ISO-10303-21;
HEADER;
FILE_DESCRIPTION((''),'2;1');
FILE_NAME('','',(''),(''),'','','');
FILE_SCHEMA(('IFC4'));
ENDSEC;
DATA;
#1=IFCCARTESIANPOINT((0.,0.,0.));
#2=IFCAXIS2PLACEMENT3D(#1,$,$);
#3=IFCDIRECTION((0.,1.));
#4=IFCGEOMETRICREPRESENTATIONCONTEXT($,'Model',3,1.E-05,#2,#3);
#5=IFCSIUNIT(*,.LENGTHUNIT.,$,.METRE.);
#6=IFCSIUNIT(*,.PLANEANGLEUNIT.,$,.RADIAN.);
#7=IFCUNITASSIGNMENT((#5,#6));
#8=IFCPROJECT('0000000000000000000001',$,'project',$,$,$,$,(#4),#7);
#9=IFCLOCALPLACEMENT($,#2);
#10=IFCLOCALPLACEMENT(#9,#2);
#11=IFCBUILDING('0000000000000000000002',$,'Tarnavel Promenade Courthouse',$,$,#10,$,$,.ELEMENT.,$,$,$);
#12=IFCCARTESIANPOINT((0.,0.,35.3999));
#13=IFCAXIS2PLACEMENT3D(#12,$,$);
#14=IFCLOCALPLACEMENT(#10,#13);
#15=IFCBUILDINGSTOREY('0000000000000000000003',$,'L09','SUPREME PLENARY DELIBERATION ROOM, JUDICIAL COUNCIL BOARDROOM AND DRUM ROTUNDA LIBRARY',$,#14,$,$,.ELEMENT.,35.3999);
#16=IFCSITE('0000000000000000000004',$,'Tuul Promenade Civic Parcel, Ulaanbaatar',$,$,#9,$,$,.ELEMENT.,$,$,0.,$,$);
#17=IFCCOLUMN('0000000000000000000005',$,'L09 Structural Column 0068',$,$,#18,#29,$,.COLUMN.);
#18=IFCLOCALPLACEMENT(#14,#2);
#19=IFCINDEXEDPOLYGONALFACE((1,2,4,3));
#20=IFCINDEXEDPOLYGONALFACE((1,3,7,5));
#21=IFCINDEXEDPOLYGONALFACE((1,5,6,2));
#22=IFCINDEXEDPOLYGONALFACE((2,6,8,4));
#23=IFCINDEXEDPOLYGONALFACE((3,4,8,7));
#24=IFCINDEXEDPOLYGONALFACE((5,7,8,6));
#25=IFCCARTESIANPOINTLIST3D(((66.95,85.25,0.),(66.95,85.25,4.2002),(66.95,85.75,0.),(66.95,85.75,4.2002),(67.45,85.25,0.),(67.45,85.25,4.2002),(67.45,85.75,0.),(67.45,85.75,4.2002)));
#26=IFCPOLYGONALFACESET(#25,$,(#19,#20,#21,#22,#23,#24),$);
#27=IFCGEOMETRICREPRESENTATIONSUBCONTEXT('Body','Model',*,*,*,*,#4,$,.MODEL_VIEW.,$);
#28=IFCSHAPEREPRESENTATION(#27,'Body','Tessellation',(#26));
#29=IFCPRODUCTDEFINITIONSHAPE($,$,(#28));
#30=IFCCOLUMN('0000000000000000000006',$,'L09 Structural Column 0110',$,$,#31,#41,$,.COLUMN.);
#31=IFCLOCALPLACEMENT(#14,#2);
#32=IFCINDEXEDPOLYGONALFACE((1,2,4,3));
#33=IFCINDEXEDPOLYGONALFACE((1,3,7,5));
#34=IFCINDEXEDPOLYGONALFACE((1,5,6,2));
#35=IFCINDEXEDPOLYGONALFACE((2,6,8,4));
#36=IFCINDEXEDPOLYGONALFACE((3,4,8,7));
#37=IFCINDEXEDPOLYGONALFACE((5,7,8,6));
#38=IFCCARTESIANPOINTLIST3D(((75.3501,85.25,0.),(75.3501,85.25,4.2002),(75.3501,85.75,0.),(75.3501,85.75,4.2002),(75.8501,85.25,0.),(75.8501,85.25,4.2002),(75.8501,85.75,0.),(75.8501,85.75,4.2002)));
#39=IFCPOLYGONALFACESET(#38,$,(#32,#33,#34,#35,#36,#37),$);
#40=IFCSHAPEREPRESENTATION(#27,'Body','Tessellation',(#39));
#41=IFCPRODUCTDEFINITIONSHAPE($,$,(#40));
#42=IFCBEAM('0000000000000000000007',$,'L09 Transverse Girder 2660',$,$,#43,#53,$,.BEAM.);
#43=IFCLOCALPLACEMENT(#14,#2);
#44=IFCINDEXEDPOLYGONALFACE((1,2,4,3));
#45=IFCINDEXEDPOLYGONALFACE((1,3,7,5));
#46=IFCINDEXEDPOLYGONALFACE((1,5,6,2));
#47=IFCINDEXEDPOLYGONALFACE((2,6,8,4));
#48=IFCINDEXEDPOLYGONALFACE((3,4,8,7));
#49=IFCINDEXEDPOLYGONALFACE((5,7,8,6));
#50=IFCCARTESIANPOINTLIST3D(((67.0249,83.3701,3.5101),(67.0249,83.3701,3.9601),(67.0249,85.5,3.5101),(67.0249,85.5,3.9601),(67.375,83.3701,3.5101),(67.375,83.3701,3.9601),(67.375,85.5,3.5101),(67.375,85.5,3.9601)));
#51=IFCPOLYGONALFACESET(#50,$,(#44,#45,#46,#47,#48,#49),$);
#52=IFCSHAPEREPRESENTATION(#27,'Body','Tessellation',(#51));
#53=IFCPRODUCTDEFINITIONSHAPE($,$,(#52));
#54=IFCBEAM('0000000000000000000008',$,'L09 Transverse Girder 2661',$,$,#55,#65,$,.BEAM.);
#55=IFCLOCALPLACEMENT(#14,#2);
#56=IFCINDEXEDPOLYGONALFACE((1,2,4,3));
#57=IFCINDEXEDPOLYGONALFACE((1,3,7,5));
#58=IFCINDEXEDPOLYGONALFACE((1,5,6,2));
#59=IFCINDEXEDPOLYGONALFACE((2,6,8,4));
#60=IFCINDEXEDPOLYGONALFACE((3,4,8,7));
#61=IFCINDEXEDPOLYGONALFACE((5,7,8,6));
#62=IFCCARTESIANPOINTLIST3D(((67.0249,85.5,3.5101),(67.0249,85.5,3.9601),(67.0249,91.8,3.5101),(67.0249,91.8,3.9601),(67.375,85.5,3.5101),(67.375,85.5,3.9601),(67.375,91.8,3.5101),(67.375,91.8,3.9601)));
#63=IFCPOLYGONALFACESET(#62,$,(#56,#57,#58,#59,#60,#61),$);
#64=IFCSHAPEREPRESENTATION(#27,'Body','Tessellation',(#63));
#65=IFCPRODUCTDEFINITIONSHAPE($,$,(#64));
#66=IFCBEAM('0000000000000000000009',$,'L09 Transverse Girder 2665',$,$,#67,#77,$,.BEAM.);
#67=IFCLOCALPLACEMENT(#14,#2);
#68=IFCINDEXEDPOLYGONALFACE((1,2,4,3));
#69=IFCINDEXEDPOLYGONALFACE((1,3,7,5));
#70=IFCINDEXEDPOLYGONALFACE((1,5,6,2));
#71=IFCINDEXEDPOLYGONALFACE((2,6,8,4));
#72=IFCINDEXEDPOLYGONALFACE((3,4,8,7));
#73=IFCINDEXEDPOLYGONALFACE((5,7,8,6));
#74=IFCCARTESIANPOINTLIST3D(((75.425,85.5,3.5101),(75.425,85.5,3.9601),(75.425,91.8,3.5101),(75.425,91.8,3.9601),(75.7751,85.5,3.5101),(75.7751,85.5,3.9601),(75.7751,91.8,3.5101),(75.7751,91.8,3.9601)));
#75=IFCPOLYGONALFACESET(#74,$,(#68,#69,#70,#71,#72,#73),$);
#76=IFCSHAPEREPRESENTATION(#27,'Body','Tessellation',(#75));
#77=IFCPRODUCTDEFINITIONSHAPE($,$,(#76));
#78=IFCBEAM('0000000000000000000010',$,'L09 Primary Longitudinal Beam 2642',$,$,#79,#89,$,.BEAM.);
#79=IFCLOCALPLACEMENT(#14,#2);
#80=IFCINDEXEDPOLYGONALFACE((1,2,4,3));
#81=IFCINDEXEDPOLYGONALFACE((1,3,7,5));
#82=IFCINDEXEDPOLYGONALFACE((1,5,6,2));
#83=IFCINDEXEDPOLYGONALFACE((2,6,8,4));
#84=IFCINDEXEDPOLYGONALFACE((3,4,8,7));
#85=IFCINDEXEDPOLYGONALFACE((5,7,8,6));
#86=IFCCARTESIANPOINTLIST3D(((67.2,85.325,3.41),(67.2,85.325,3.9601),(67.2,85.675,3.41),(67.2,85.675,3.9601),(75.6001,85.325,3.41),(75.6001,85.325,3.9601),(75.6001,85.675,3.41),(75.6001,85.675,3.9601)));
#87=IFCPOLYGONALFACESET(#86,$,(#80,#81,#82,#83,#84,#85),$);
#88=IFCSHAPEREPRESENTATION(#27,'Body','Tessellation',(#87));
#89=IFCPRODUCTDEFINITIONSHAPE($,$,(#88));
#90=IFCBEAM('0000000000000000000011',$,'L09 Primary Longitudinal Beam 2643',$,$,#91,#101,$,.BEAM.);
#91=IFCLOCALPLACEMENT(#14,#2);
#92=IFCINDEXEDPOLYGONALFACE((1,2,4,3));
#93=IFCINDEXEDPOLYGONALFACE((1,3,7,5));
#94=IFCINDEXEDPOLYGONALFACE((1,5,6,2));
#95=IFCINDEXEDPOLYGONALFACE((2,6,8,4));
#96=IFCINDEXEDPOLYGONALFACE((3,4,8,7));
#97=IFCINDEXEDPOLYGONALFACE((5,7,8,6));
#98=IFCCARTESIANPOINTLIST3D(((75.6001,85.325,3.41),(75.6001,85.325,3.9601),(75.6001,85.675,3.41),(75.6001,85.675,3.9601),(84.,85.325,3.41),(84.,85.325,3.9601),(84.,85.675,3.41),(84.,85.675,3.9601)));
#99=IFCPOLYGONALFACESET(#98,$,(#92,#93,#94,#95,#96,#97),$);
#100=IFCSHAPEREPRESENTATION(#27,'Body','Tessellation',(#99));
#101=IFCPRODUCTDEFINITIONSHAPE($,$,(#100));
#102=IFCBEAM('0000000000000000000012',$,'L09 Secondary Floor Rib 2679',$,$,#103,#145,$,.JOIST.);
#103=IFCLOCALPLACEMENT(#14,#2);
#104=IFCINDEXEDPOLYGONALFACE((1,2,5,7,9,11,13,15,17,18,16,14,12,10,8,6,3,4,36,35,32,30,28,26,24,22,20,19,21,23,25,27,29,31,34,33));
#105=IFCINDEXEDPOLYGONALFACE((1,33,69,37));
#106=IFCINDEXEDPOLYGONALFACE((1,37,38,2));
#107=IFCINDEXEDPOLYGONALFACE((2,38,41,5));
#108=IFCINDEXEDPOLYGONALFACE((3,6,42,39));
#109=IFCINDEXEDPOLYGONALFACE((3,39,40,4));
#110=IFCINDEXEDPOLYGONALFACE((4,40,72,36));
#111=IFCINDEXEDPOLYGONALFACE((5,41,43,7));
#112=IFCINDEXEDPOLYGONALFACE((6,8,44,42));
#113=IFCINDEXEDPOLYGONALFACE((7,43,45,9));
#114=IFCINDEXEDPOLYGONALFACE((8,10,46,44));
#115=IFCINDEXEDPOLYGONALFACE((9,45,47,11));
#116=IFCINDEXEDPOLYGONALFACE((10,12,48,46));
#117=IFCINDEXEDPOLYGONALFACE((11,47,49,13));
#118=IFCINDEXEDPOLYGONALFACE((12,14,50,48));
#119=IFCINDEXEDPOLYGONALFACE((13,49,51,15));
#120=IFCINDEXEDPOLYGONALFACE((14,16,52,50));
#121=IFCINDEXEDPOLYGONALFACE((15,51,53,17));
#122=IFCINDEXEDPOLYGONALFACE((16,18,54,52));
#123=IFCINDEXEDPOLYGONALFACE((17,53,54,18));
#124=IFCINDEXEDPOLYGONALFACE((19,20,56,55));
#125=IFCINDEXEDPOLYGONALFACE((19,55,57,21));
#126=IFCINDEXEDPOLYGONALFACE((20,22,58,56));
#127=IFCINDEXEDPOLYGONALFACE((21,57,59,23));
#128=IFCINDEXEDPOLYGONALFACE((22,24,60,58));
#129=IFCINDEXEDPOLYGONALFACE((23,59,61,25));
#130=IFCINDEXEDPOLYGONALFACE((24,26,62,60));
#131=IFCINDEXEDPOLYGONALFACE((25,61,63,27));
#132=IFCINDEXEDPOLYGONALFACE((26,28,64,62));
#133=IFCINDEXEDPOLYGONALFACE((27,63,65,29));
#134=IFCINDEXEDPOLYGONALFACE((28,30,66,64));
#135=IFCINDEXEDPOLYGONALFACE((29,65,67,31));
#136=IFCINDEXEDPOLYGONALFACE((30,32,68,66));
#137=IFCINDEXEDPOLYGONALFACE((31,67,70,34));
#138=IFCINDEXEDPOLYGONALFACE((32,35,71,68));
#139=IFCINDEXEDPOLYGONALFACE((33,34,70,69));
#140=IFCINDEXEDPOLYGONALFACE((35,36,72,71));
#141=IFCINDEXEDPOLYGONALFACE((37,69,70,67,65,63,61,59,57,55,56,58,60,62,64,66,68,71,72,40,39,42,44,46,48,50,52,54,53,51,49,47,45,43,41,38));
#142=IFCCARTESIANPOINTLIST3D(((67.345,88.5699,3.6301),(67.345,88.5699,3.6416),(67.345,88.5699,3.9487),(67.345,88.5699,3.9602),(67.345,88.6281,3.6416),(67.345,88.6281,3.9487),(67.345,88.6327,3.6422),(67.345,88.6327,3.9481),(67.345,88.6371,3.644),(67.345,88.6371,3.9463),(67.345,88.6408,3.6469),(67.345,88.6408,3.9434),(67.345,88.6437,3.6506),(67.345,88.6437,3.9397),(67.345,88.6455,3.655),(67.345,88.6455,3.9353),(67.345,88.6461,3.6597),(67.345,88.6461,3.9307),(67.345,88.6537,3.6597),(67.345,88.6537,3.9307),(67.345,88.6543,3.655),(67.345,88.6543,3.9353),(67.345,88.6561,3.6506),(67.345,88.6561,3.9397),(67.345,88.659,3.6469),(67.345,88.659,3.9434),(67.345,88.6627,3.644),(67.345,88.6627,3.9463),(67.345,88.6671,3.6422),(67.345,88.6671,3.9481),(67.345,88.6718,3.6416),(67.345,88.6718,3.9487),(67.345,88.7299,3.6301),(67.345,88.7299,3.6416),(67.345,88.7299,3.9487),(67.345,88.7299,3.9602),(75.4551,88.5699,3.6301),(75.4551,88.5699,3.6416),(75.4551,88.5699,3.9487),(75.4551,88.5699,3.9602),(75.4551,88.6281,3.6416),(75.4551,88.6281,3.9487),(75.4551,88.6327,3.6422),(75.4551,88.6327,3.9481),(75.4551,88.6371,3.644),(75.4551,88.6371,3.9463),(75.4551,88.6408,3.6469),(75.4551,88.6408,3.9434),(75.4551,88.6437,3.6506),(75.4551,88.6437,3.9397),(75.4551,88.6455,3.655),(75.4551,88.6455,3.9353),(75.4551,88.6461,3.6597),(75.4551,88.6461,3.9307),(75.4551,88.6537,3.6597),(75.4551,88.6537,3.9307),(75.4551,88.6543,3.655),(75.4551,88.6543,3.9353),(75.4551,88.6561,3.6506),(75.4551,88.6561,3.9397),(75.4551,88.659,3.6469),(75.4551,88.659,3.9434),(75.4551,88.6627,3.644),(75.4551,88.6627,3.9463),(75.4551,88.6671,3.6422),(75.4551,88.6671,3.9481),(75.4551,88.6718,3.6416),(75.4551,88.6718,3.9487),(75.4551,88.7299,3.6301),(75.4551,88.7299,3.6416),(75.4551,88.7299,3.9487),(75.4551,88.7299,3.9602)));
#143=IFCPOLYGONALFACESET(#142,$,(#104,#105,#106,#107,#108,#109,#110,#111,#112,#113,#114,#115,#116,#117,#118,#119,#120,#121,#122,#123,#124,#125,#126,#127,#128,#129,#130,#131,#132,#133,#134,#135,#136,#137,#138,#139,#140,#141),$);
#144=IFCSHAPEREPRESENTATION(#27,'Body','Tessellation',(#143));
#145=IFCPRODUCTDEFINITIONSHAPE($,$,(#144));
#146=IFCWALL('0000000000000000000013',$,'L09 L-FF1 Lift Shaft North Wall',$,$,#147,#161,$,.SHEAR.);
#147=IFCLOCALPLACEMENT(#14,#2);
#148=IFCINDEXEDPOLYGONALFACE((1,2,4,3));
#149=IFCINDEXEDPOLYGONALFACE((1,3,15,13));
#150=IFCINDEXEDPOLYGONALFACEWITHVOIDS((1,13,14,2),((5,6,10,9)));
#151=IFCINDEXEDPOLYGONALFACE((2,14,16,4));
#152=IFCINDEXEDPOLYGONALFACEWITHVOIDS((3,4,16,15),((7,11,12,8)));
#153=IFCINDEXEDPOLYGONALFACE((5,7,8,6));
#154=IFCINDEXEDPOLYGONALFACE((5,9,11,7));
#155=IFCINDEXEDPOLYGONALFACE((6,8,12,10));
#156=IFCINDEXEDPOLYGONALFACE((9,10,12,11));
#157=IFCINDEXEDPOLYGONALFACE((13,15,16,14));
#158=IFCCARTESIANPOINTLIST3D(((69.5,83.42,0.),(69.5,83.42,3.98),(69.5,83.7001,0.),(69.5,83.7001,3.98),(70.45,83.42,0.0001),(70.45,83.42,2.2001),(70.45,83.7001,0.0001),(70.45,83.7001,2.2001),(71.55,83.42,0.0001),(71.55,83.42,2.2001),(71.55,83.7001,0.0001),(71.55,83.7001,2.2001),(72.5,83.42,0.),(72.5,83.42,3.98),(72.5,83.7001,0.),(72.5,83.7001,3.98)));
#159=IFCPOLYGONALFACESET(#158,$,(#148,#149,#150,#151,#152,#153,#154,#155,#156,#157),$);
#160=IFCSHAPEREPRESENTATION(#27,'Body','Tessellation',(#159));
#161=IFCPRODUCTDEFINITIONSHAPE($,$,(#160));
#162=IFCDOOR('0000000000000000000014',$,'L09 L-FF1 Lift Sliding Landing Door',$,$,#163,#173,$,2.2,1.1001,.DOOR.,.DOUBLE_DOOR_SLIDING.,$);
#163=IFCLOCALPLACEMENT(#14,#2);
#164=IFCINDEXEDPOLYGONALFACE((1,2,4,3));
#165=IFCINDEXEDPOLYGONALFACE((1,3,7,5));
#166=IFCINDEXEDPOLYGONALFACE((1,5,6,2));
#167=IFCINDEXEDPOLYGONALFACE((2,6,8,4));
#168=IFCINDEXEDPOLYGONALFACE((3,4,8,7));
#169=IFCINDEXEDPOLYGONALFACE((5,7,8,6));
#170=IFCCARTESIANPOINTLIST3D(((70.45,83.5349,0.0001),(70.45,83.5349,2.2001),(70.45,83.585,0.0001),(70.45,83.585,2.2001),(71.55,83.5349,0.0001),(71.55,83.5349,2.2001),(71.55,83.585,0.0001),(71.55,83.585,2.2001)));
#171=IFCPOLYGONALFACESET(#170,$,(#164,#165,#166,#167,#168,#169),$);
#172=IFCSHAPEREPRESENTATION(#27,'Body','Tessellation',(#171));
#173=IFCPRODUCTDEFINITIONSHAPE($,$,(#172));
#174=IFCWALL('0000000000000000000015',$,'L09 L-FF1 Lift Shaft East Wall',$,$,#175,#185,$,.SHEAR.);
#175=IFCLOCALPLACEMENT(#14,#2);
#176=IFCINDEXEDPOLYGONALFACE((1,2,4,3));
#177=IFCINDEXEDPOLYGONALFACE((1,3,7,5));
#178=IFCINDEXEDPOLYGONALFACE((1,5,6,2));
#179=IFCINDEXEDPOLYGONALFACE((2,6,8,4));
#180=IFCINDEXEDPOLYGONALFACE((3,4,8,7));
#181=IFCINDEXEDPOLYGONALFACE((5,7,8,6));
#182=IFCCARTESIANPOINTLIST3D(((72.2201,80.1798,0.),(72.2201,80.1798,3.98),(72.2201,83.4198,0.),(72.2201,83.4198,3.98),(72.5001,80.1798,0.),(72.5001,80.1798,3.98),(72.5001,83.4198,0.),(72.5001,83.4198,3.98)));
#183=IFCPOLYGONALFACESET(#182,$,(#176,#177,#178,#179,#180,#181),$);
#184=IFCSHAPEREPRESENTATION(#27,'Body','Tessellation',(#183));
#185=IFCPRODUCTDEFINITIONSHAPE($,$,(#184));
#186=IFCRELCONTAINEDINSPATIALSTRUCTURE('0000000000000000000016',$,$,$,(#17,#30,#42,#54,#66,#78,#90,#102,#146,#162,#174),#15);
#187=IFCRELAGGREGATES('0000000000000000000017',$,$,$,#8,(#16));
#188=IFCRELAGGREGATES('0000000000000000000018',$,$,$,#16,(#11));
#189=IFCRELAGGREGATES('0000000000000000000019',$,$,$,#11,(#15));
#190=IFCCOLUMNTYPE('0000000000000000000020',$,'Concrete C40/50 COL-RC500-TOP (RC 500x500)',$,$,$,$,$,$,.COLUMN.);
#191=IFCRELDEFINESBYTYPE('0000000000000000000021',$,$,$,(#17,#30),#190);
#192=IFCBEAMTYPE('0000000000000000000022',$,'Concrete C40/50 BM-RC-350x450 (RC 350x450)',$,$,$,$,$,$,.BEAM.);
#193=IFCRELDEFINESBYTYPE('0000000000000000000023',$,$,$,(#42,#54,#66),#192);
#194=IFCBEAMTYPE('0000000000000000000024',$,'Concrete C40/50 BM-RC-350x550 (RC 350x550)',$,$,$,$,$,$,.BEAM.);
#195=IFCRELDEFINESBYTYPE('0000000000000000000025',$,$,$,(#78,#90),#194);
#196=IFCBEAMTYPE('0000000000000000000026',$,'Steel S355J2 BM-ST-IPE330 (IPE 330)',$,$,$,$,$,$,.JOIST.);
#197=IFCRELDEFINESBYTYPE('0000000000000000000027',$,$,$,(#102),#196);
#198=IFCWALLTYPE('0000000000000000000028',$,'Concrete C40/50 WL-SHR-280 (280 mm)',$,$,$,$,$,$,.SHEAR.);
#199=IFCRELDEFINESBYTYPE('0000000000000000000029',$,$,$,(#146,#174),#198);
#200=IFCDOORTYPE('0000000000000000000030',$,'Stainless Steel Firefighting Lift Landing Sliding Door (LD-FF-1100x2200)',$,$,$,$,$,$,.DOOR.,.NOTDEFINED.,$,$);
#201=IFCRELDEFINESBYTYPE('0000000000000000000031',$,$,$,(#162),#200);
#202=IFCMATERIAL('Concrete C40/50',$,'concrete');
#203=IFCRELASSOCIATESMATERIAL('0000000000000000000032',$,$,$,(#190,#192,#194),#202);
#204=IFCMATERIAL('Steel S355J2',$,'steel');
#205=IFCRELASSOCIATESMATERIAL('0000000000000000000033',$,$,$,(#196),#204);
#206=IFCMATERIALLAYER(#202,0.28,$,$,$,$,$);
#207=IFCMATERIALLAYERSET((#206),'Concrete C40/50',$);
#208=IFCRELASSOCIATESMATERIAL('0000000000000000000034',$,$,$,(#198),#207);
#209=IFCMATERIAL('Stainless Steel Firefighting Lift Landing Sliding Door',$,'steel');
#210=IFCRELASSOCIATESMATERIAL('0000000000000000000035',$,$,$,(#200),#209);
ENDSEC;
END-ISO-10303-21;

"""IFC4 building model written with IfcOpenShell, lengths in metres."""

from ifc_helpers import new_model, si_unit, direction, frame, frame_2d, origin, origin_2d, place, context, subcontext, project, spatial, rectangle, i_section, extrude, material, layer, layer_set, material_profile, profile_set, type_object, element, fill, save


model = new_model("IFC4")

# Units and contexts
model_context = context("Model", 3, precision=1e-05, world=origin(), true_north=direction((0.0, 1.0)))
body_context = subcontext(model_context, "Body", "Model", "MODEL_VIEW")
ifc_project = project(units=[si_unit("LENGTHUNIT", "METRE"), si_unit("PLANEANGLEUNIT", "RADIAN")], contexts=[model_context])

# Site, building, storey
site_placement = place(None, origin())
site = spatial("IfcSite", under=ifc_project, at=site_placement, Name="Tuul Promenade Civic Parcel, Ulaanbaatar", CompositionType="ELEMENT", RefElevation=0.0)
building_placement = place(site_placement, origin())
building = spatial("IfcBuilding", under=site, at=building_placement, Name="Tarnavel Promenade Courthouse", CompositionType="ELEMENT")
storey_placement = place(building_placement, frame((0.0, 0.0, 35.3999)))
storey = spatial("IfcBuildingStorey", under=building, at=storey_placement, Name="L09", Description="SUPREME PLENARY DELIBERATION ROOM, JUDICIAL COUNCIL BOARDROOM AND DRUM ROTUNDA LIBRARY", CompositionType="ELEMENT", Elevation=35.3999)

# Columns
ifc_material_1 = material(Name="Concrete C40/50", Category="concrete")
ifc_material_profile_1 = material_profile(ifc_material_1, rectangle(XDim=0.5, YDim=0.5, at=origin_2d()), Name="RC 500x500")
ifc_profile_set_1 = profile_set([ifc_material_profile_1], Name="Concrete C40/50")
column_type = type_object("IfcColumnType", Name="Concrete C40/50 COL-RC500-TOP (RC 500x500)", PredefinedType="COLUMN", material=ifc_profile_set_1)
for number, where, z_axis, x_axis, name in (
    (1, (67.2, 85.5, 0.0), (0.0, 0.0, 1.0), (1.0, 0.0, 0.0), "L09 Structural Column 0068"),
    (2, (75.6001, 85.5, 0.0), (0.0, 0.0, 1.0), (1.0, 0.0, 0.0), "L09 Structural Column 0110"),
):
    element("IfcColumn", number, at=place(storey_placement, frame(where, z_axis=z_axis, x_axis=x_axis)), inside=storey, type_object=column_type, Name=name, PredefinedType="COLUMN", context=body_context, shape_type="SweptSolid", body=[
        extrude(rectangle(XDim=0.5, YDim=0.5, at=origin_2d()), origin(), (0.0, 0.0, 1.0), 4.2002),
    ])

# Beams
ifc_material_profile_2 = material_profile(ifc_material_1, rectangle(XDim=0.3501, YDim=0.45, at=origin_2d()), Name="RC 350x450")
ifc_profile_set_2 = profile_set([ifc_material_profile_2], Name="Concrete C40/50")
beam_type_1 = type_object("IfcBeamType", Name="Concrete C40/50 BM-RC-350x450 (RC 350x450)", PredefinedType="BEAM", material=ifc_profile_set_2)
beam_1_placement = place(storey_placement, frame((67.2, 83.3701, 3.7351), z_axis=(0.0, 1.0, 0.0), x_axis=(-1.0, 0.0, 0.0)))
element("IfcBeam", 3, at=beam_1_placement, inside=storey, type_object=beam_type_1, Name="L09 Transverse Girder 2660", PredefinedType="BEAM", context=body_context, shape_type="SweptSolid", body=[
    extrude(rectangle(XDim=0.3501, YDim=0.45, at=origin_2d()), origin(), (0.0, 0.0, 1.0), 2.1299),
])
for number, where, z_axis, x_axis, name in (
    (4, (67.2, 85.5, 3.7351), (0.0, 1.0, 0.0), (-1.0, 0.0, 0.0), "L09 Transverse Girder 2661"),
    (5, (75.6001, 85.5, 3.7351), (0.0, 1.0, 0.0), (-1.0, 0.0, 0.0), "L09 Transverse Girder 2665"),
):
    element("IfcBeam", number, at=place(storey_placement, frame(where, z_axis=z_axis, x_axis=x_axis)), inside=storey, type_object=beam_type_1, Name=name, PredefinedType="BEAM", context=body_context, shape_type="SweptSolid", body=[
        extrude(rectangle(XDim=0.3501, YDim=0.45, at=origin_2d()), origin(), (0.0, 0.0, 1.0), 6.3),
    ])
ifc_material_profile_3 = material_profile(ifc_material_1, rectangle(XDim=0.3501, YDim=0.55, at=origin_2d()), Name="RC 350x550")
ifc_profile_set_3 = profile_set([ifc_material_profile_3], Name="Concrete C40/50")
beam_type_2 = type_object("IfcBeamType", Name="Concrete C40/50 BM-RC-350x550 (RC 350x550)", PredefinedType="BEAM", material=ifc_profile_set_3)
beam_2_placement = place(storey_placement, frame((67.2, 85.5, 3.6851), z_axis=(1.0, 0.0, 0.0), x_axis=(0.0, 1.0, 0.0)))
element("IfcBeam", 6, at=beam_2_placement, inside=storey, type_object=beam_type_2, Name="L09 Primary Longitudinal Beam 2642", PredefinedType="BEAM", context=body_context, shape_type="SweptSolid", body=[
    extrude(rectangle(XDim=0.3501, YDim=0.55, at=origin_2d()), origin(), (0.0, 0.0, 1.0), 8.4001),
])
beam_3_placement = place(storey_placement, frame((75.6001, 85.5, 3.6851), z_axis=(1.0, 0.0, 0.0), x_axis=(0.0, 1.0, 0.0)))
element("IfcBeam", 7, at=beam_3_placement, inside=storey, type_object=beam_type_2, Name="L09 Primary Longitudinal Beam 2643", PredefinedType="BEAM", context=body_context, shape_type="SweptSolid", body=[
    extrude(rectangle(XDim=0.3501, YDim=0.55, at=origin_2d()), origin(), (0.0, 0.0, 1.0), 8.3999),
])
ifc_material_2 = material(Name="Steel S355J2", Category="steel")
ifc_material_profile_4 = material_profile(ifc_material_2, i_section(OverallWidth=0.1599, OverallDepth=0.3301, WebThickness=0.0076, FlangeThickness=0.0115, FilletRadius=0.0181, at=origin_2d()), Name="IPE 330")
ifc_profile_set_4 = profile_set([ifc_material_profile_4], Name="Steel S355J2")
beam_type_3 = type_object("IfcBeamType", Name="Steel S355J2 BM-ST-IPE330 (IPE 330)", PredefinedType="JOIST", material=ifc_profile_set_4)
beam_4_placement = place(storey_placement, frame((67.345, 88.6499, 3.7952), z_axis=(1.0, 0.0, 0.0), x_axis=(0.0, 1.0, 0.0)))
element("IfcBeam", 8, at=beam_4_placement, inside=storey, type_object=beam_type_3, Name="L09 Secondary Floor Rib 2679", PredefinedType="JOIST", context=body_context, shape_type="SweptSolid", body=[
    extrude(i_section(OverallWidth=0.1599, OverallDepth=0.3301, WebThickness=0.0076, FlangeThickness=0.0115, FilletRadius=0.0181, at=origin_2d()), origin(), (0.0, 0.0, 1.0), 8.1101),
])

# Wall, opening, door
ifc_layer_1 = layer(ifc_material_1, 0.28)
ifc_layer_set_1 = layer_set([ifc_layer_1], Name="Concrete C40/50")
wall_type_1 = type_object("IfcWallType", Name="Concrete C40/50 WL-SHR-280 (280 mm)", PredefinedType="SHEAR", material=ifc_layer_set_1)
wall_1_placement = place(storey_placement, frame((69.5, 83.5601, 0.0), z_axis=(0.0, 0.0, 1.0), x_axis=(1.0, 0.0, 0.0)))
wall_1 = element("IfcWall", 9, at=wall_1_placement, inside=storey, type_object=wall_type_1, Name="L09 L-FF1 Lift Shaft North Wall", PredefinedType="SHEAR", context=body_context, shape_type="SweptSolid", body=[
    extrude(rectangle(XDim=3.0, YDim=0.28, at=frame_2d((1.5, 0.0))), origin(), (0.0, 0.0, 1.0), 3.98),
])
opening_1_placement = place(wall_1_placement, frame((0.95, 0.0, 0.0)))
opening_1 = element("IfcOpeningElement", 10, at=opening_1_placement, cuts=wall_1, PredefinedType="OPENING", context=body_context, shape_type="SweptSolid", body=[
    extrude(rectangle(XDim=1.1001, YDim=2.2, at=frame_2d((0.55, 1.1001))), frame((0.0, 0.1499, 0.0), z_axis=(0.0, -1.0, 0.0), x_axis=(1.0, 0.0, 0.0)), (0.0, 0.0, 1.0), 0.3),
])
ifc_material_3 = material(Name="Stainless Steel Firefighting Lift Landing Sliding Door", Category="steel")
door_type_1 = type_object("IfcDoorType", Name="Stainless Steel Firefighting Lift Landing Sliding Door (LD-FF-1100x2200)", OperationType="NOTDEFINED", PredefinedType="DOOR", material=ifc_material_3)
door_1_placement = place(opening_1_placement, origin())
door_1 = element("IfcDoor", 11, at=door_1_placement, inside=storey, type_object=door_type_1, Name="L09 L-FF1 Lift Sliding Landing Door", OperationType="DOUBLE_DOOR_SLIDING", OverallHeight=2.2, OverallWidth=1.1001, PredefinedType="DOOR", context=body_context, shape_type="SweptSolid", body=[
    extrude(rectangle(XDim=1.1001, YDim=2.2, at=frame_2d((0.55, 1.1001))), frame((0.0, 0.0249, 0.0), z_axis=(0.0, -1.0, 0.0), x_axis=(1.0, 0.0, 0.0)), (0.0, 0.0, 1.0), 0.05),
])
fill(opening_1, door_1)

# Wall
wall_2_placement = place(storey_placement, frame((72.3601, 83.4199, 0.0), z_axis=(0.0, 0.0, 1.0), x_axis=(0.0, -1.0, 0.0)))
element("IfcWall", 12, at=wall_2_placement, inside=storey, type_object=wall_type_1, Name="L09 L-FF1 Lift Shaft East Wall", PredefinedType="SHEAR", context=body_context, shape_type="SweptSolid", body=[
    extrude(rectangle(XDim=3.24, YDim=0.28, at=frame_2d((1.6201, 0.0))), origin(), (0.0, 0.0, 1.0), 3.98),
])

save(model, "model.ifc")
